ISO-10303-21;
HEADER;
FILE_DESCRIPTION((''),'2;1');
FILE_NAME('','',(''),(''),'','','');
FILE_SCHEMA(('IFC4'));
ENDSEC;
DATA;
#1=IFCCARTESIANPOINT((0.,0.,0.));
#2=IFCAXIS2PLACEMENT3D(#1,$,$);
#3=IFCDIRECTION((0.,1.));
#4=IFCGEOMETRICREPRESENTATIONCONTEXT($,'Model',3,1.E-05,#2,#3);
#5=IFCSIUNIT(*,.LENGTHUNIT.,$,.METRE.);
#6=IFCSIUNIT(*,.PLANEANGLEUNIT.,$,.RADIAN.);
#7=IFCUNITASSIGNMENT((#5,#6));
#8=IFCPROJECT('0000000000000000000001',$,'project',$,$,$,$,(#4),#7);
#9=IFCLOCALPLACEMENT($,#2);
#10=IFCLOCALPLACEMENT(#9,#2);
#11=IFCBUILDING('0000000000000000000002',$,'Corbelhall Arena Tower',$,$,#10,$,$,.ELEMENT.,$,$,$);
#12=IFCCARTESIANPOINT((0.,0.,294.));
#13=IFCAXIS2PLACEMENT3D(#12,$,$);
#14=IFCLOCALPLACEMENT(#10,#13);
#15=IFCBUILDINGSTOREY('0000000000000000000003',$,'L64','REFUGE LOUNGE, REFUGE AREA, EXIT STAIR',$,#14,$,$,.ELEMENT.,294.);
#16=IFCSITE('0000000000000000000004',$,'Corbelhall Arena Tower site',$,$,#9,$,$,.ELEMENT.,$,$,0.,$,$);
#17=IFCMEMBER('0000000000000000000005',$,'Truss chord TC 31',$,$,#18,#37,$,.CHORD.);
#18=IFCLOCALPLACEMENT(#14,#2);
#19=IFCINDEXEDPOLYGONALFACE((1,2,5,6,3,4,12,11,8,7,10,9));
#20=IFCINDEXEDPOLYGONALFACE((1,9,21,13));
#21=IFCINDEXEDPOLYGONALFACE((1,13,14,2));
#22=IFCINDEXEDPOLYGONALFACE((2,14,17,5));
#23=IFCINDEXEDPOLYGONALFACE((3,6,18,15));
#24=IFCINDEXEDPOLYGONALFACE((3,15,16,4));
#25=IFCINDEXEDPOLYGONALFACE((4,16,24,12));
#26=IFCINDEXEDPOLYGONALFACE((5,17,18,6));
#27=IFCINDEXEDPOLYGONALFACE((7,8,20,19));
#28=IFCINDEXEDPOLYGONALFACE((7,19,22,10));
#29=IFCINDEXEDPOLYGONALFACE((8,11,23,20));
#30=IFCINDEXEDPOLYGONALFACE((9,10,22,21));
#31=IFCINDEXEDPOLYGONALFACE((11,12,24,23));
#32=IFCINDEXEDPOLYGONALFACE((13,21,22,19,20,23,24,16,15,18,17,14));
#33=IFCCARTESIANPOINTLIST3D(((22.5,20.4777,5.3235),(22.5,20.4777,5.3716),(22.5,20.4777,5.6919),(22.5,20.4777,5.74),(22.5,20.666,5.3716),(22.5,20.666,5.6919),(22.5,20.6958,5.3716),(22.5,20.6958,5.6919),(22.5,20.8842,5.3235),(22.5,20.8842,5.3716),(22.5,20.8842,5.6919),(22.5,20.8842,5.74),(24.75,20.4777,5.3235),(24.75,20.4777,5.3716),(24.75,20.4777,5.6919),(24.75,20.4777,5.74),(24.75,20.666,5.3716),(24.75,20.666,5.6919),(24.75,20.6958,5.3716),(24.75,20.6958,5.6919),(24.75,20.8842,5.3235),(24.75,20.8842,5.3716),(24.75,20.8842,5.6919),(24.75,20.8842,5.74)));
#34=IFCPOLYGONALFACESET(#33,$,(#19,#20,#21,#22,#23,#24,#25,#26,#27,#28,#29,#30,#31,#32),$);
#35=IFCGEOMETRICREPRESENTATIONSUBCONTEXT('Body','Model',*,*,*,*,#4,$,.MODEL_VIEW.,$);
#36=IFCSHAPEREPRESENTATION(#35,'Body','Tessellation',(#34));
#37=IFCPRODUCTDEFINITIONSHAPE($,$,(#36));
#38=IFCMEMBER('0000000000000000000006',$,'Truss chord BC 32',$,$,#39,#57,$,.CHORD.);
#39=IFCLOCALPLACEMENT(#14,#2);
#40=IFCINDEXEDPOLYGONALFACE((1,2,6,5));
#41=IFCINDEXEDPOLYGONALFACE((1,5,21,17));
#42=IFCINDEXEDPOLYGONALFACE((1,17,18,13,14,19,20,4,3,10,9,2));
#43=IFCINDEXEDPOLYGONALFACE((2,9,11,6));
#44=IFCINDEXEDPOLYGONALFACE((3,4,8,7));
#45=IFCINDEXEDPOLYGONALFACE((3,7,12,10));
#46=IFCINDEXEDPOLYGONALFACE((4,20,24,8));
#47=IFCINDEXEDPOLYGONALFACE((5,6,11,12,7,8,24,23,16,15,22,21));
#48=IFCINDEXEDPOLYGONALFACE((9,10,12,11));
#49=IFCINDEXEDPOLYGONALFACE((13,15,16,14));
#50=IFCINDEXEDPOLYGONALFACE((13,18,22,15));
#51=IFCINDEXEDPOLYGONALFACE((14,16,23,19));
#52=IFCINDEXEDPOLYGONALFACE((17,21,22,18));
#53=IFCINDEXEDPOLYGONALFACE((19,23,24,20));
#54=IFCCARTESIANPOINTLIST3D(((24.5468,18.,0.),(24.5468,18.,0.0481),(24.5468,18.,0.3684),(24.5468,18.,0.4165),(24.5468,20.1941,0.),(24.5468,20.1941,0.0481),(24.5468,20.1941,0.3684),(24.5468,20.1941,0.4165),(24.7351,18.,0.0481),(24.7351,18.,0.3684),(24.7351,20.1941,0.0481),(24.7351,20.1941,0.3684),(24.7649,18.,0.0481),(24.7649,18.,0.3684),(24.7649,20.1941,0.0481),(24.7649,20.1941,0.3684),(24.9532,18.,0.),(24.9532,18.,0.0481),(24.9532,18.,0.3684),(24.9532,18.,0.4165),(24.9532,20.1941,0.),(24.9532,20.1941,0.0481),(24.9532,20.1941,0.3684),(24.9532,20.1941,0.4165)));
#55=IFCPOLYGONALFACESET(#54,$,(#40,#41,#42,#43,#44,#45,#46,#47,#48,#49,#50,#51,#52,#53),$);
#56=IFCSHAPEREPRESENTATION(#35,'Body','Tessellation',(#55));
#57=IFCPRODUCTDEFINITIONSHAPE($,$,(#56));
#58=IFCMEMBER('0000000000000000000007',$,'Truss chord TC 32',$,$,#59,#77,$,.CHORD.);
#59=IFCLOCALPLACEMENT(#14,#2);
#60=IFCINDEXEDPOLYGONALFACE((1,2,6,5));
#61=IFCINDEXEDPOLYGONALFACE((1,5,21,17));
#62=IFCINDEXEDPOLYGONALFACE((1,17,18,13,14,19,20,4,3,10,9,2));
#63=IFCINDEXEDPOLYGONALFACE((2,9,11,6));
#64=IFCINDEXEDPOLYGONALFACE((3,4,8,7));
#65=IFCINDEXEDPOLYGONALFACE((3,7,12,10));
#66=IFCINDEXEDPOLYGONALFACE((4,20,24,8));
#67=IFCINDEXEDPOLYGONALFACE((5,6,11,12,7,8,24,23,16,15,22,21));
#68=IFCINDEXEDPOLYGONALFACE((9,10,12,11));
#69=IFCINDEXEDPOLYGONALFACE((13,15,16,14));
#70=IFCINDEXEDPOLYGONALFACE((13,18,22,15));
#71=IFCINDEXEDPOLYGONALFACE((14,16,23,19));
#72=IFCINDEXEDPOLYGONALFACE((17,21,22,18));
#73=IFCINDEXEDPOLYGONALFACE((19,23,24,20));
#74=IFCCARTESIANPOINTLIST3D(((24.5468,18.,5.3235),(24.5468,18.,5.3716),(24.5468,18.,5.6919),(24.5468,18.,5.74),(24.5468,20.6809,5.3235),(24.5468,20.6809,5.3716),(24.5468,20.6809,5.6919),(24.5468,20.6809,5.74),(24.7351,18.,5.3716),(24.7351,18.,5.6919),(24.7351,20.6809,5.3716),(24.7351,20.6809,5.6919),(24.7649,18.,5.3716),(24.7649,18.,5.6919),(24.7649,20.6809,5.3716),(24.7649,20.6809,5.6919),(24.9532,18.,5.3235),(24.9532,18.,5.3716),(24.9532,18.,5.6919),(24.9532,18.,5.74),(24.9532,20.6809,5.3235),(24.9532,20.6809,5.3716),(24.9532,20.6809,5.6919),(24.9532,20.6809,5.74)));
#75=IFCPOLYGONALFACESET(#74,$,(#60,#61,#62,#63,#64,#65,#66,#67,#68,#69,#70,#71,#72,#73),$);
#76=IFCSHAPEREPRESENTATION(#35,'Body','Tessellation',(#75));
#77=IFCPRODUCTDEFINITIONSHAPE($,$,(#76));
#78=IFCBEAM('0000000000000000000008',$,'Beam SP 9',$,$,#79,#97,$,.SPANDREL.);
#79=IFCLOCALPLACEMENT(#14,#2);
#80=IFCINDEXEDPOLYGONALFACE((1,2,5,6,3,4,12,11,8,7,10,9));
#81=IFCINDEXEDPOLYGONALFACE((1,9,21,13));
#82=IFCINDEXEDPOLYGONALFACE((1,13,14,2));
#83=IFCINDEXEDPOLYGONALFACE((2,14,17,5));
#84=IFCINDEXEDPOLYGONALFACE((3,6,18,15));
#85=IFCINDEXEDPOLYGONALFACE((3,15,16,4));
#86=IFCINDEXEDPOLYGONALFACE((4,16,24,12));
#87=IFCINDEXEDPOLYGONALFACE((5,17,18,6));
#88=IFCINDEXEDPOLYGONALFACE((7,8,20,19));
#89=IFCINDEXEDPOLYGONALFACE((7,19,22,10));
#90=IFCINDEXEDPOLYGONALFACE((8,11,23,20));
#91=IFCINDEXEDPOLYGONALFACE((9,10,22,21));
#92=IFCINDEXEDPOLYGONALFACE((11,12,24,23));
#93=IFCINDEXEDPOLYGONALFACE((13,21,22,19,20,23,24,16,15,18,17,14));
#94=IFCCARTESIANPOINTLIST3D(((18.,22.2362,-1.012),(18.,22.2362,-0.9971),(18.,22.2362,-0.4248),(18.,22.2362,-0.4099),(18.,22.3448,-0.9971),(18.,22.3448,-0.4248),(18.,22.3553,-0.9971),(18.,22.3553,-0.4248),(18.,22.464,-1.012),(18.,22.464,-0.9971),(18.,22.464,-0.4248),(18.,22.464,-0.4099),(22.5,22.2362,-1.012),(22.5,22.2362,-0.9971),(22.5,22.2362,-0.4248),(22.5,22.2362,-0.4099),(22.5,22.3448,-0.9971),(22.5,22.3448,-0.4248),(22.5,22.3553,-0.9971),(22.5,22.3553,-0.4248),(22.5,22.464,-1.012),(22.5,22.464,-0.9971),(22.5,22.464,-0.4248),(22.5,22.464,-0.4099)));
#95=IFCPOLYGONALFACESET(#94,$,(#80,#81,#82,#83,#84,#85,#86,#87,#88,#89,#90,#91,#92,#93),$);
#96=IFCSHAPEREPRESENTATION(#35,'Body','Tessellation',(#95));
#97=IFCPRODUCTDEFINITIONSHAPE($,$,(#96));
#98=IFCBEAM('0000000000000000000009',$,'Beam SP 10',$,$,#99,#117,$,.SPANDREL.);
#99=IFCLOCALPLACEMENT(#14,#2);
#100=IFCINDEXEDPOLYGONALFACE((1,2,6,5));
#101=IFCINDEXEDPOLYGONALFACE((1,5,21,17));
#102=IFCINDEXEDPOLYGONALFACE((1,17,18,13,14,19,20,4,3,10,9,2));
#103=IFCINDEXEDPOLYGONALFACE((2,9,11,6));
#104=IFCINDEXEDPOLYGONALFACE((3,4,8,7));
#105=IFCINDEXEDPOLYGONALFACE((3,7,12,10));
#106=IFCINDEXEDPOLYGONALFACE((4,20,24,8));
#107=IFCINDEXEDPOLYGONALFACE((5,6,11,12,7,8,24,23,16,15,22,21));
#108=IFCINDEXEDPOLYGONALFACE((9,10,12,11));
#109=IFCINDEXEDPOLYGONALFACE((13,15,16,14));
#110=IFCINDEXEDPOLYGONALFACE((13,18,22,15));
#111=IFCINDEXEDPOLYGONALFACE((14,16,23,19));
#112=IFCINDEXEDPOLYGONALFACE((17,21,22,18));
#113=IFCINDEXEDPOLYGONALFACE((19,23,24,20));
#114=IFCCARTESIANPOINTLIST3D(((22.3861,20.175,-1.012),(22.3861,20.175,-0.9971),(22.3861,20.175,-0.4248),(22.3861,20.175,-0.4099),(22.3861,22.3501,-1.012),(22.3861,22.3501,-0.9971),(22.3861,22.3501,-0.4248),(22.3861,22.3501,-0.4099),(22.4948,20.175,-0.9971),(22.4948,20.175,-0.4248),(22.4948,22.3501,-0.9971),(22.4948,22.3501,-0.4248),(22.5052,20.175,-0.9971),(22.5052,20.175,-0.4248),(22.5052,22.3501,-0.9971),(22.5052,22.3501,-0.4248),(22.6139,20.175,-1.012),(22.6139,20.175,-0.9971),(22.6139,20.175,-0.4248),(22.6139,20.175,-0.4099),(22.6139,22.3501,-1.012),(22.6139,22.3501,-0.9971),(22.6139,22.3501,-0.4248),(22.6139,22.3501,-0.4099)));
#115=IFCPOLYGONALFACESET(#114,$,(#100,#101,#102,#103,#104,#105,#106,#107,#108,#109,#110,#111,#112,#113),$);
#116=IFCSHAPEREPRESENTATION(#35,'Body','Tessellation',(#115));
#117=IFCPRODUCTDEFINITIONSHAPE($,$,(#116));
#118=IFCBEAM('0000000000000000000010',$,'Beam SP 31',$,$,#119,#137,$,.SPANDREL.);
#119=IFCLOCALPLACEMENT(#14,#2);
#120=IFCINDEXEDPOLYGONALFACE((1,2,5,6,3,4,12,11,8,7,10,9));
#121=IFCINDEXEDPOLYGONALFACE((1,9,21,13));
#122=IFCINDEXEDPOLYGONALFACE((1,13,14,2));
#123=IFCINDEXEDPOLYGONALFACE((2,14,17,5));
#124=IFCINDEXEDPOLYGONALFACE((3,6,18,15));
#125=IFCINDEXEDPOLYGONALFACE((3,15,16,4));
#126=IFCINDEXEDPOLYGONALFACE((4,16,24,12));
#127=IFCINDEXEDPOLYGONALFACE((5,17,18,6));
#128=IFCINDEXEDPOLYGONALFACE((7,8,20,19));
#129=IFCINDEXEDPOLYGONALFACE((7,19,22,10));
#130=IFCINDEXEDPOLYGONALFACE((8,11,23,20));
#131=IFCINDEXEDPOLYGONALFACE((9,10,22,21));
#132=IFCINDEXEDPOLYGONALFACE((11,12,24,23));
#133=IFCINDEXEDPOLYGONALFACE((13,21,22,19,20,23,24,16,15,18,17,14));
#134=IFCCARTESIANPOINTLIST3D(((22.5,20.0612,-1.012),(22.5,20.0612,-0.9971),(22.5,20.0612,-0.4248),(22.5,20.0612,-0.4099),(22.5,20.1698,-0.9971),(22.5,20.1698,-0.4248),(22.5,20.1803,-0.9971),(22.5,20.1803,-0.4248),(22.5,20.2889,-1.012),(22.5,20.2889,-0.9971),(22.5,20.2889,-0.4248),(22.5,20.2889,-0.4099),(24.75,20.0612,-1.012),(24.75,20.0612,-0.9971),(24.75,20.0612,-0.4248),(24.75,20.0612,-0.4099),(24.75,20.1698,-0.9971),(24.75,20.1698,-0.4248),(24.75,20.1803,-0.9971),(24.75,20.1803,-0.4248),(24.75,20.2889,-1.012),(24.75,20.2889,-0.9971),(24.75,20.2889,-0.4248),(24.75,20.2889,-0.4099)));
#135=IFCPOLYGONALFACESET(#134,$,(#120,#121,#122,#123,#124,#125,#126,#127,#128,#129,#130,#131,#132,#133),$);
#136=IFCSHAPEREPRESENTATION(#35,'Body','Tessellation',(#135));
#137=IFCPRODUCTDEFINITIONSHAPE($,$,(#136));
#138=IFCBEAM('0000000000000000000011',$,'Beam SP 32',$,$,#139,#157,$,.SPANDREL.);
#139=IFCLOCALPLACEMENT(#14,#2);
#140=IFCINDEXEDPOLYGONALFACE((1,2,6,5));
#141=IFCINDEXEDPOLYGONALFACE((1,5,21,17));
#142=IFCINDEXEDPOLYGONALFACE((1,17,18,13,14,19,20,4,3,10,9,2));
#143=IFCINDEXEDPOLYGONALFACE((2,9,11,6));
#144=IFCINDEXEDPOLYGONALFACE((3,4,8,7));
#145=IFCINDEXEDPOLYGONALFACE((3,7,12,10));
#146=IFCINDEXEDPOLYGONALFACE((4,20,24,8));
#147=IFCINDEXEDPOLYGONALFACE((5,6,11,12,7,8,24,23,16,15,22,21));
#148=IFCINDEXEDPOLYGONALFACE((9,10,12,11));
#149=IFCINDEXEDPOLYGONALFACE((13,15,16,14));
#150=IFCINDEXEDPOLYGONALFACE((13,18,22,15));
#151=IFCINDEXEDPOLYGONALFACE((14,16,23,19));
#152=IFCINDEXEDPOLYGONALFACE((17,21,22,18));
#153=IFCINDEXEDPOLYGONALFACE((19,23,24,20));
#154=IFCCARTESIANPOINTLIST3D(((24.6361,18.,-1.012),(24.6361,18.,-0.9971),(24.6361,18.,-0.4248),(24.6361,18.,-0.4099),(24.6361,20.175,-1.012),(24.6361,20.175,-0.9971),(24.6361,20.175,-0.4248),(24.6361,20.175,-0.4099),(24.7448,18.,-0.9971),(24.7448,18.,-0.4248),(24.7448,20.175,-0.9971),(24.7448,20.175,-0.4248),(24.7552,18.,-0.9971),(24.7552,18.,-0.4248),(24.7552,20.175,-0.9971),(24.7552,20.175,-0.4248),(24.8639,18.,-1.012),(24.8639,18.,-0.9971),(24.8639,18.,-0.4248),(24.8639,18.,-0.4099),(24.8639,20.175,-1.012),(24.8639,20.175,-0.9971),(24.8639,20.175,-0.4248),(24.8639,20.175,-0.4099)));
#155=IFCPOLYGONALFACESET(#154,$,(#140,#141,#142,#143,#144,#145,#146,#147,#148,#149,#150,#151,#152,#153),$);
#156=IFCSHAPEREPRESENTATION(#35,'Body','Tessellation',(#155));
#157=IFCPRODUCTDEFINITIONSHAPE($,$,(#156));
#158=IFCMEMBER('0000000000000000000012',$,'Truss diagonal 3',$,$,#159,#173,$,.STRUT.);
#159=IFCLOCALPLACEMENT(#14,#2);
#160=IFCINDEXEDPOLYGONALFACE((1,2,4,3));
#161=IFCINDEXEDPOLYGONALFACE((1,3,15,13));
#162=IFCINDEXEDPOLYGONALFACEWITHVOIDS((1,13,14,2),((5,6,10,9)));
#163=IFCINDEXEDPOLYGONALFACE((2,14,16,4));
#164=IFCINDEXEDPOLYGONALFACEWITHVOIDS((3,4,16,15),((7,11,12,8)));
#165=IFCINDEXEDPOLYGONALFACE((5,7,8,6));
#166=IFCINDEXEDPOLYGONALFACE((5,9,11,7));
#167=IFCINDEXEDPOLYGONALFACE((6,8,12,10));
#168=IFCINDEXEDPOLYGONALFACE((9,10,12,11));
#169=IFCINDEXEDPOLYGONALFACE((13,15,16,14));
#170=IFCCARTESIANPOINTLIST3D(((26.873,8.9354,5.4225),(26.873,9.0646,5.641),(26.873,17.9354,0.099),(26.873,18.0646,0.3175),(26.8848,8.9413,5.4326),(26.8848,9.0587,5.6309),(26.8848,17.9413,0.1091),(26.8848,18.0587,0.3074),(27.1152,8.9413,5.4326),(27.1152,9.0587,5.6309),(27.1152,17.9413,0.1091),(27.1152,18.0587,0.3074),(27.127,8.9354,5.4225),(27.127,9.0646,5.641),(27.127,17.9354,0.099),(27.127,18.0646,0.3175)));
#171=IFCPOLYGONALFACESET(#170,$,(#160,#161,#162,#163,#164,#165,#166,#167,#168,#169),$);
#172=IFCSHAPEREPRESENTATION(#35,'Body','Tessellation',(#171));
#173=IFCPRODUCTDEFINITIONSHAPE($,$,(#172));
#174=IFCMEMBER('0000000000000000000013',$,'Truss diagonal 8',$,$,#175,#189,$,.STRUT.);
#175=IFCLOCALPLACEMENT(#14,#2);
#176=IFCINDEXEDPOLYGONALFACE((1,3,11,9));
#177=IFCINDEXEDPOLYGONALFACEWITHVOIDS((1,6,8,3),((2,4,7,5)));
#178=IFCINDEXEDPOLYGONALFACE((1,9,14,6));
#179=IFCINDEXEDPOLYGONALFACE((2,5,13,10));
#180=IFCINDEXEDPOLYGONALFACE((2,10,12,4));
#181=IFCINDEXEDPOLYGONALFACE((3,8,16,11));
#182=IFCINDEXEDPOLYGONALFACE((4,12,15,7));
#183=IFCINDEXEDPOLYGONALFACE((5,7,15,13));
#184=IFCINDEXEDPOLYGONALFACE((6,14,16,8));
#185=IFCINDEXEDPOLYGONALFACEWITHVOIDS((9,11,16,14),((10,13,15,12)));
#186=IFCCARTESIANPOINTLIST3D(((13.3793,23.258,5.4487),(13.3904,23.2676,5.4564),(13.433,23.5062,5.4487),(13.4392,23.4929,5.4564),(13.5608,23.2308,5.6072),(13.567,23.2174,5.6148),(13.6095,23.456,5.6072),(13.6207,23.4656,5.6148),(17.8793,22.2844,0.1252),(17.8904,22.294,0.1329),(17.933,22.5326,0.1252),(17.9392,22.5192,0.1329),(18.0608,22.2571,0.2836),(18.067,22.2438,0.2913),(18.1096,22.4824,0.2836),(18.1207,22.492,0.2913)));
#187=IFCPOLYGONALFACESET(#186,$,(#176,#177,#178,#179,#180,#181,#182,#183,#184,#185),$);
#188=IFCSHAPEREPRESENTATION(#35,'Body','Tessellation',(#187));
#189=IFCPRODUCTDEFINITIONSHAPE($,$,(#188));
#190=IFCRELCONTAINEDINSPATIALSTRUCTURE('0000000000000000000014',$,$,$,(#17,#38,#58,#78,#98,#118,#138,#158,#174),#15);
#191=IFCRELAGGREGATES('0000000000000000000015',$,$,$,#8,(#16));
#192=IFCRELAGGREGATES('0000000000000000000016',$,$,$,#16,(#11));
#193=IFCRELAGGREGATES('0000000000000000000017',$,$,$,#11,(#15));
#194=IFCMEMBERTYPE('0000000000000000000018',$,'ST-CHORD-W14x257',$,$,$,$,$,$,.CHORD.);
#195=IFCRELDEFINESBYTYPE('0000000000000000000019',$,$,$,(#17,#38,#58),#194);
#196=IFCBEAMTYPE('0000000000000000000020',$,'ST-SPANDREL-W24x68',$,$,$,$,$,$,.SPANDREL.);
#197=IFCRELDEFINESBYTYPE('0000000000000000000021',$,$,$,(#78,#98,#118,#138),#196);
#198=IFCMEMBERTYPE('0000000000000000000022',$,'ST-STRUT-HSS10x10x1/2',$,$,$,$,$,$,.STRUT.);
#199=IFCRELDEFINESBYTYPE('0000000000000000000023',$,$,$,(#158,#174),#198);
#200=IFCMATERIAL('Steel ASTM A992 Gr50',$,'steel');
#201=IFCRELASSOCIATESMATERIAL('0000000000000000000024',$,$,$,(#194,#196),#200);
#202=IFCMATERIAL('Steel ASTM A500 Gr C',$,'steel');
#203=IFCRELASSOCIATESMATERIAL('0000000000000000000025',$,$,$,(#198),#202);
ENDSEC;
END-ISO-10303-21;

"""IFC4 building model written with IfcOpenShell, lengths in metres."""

from ifc_helpers import new_model, si_unit, direction, frame, origin, origin_2d, place, context, subcontext, project, spatial, hollow_rectangle, i_section, extrude, material, material_profile, profile_set, type_object, element, save


model = new_model("IFC4")

# Units and contexts
model_context = context("Model", 3, precision=1e-05, world=origin(), true_north=direction((0.0, 1.0)))
body_context = subcontext(model_context, "Body", "Model", "MODEL_VIEW")
ifc_project = project(units=[si_unit("LENGTHUNIT", "METRE"), si_unit("PLANEANGLEUNIT", "RADIAN")], contexts=[model_context])

# Site, building, storey
site_placement = place(None, origin())
site = spatial("IfcSite", under=ifc_project, at=site_placement, Name="Corbelhall Arena Tower site", CompositionType="ELEMENT", RefElevation=0.0)
building_placement = place(site_placement, origin())
building = spatial("IfcBuilding", under=site, at=building_placement, Name="Corbelhall Arena Tower", CompositionType="ELEMENT")
storey_placement = place(building_placement, frame((0.0, 0.0, 294.0)))
storey = spatial("IfcBuildingStorey", under=building, at=storey_placement, Name="L64", Description="REFUGE LOUNGE, REFUGE AREA, EXIT STAIR", CompositionType="ELEMENT", Elevation=294.0)

# Members
ifc_material_1 = material(Name="Steel ASTM A992 Gr50", Category="steel")
ifc_material_profile_1 = material_profile(ifc_material_1, i_section(OverallWidth=0.4065, OverallDepth=0.4165, WebThickness=0.0298, FlangeThickness=0.0481, at=origin_2d()))
ifc_profile_set_1 = profile_set([ifc_material_profile_1], Name="Steel ASTM A992 Gr50")
member_type_1 = type_object("IfcMemberType", Name="ST-CHORD-W14x257", PredefinedType="CHORD", material=ifc_profile_set_1)
for number, where, z_axis, x_axis, name in (
    (1, (22.5, 20.6809, 5.5317), (1.0, 0.0, 0.0), (0.0, 1.0, 0.0), "Truss chord TC 31"),
):
    element("IfcMember", number, at=place(storey_placement, frame(where, z_axis=z_axis, x_axis=x_axis)), inside=storey, type_object=member_type_1, Name=name, PredefinedType="CHORD", context=body_context, shape_type="SweptSolid", body=[
        extrude(i_section(OverallWidth=0.4065, OverallDepth=0.4165, WebThickness=0.0298, FlangeThickness=0.0481, at=origin_2d()), origin(), (0.0, 0.0, 1.0), 2.25),
    ])
member_1_placement = place(storey_placement, frame((24.75, 20.1941, 0.2083), z_axis=(0.0, -1.0, 0.0), x_axis=(1.0, 0.0, 0.0)))
element("IfcMember", 2, at=member_1_placement, inside=storey, type_object=member_type_1, Name="Truss chord BC 32", PredefinedType="CHORD", context=body_context, shape_type="SweptSolid", body=[
    extrude(i_section(OverallWidth=0.4065, OverallDepth=0.4165, WebThickness=0.0298, FlangeThickness=0.0481, at=origin_2d()), origin(), (0.0, 0.0, 1.0), 2.1941),
])
member_2_placement = place(storey_placement, frame((24.75, 20.6809, 5.5317), z_axis=(0.0, -1.0, 0.0), x_axis=(1.0, 0.0, 0.0)))
element("IfcMember", 3, at=member_2_placement, inside=storey, type_object=member_type_1, Name="Truss chord TC 32", PredefinedType="CHORD", context=body_context, shape_type="SweptSolid", body=[
    extrude(i_section(OverallWidth=0.4065, OverallDepth=0.4165, WebThickness=0.0298, FlangeThickness=0.0481, at=origin_2d()), origin(), (0.0, 0.0, 1.0), 2.6809),
])

# Beams
ifc_material_profile_2 = material_profile(ifc_material_1, i_section(OverallWidth=0.2278, OverallDepth=0.6021, WebThickness=0.0105, FlangeThickness=0.0149, at=origin_2d()))
ifc_profile_set_2 = profile_set([ifc_material_profile_2], Name="Steel ASTM A992 Gr50")
beam_type = type_object("IfcBeamType", Name="ST-SPANDREL-W24x68", PredefinedType="SPANDREL", material=ifc_profile_set_2)
beam_1_placement = place(storey_placement, frame((18.0, 22.3501, -0.7109), z_axis=(1.0, 0.0, 0.0), x_axis=(0.0, 1.0, 0.0)))
element("IfcBeam", 4, at=beam_1_placement, inside=storey, type_object=beam_type, Name="Beam SP 9", PredefinedType="SPANDREL", context=body_context, shape_type="SweptSolid", body=[
    extrude(i_section(OverallWidth=0.2278, OverallDepth=0.6021, WebThickness=0.0105, FlangeThickness=0.0149, at=origin_2d()), origin(), (0.0, 0.0, 1.0), 4.5),
])
beam_2_placement = place(storey_placement, frame((22.5, 22.3501, -0.7109), z_axis=(0.0, -1.0, 0.0), x_axis=(1.0, 0.0, 0.0)))
element("IfcBeam", 5, at=beam_2_placement, inside=storey, type_object=beam_type, Name="Beam SP 10", PredefinedType="SPANDREL", context=body_context, shape_type="SweptSolid", body=[
    extrude(i_section(OverallWidth=0.2278, OverallDepth=0.6021, WebThickness=0.0105, FlangeThickness=0.0149, at=origin_2d()), origin(), (0.0, 0.0, 1.0), 2.175),
])
beam_3_placement = place(storey_placement, frame((22.5, 20.175, -0.7109), z_axis=(1.0, 0.0, 0.0), x_axis=(0.0, 1.0, 0.0)))
element("IfcBeam", 6, at=beam_3_placement, inside=storey, type_object=beam_type, Name="Beam SP 31", PredefinedType="SPANDREL", context=body_context, shape_type="SweptSolid", body=[
    extrude(i_section(OverallWidth=0.2278, OverallDepth=0.6021, WebThickness=0.0105, FlangeThickness=0.0149, at=origin_2d()), origin(), (0.0, 0.0, 1.0), 2.25),
])
beam_4_placement = place(storey_placement, frame((24.75, 20.175, -0.7109), z_axis=(0.0, -1.0, 0.0), x_axis=(1.0, 0.0, 0.0)))
element("IfcBeam", 7, at=beam_4_placement, inside=storey, type_object=beam_type, Name="Beam SP 32", PredefinedType="SPANDREL", context=body_context, shape_type="SweptSolid", body=[
    extrude(i_section(OverallWidth=0.2278, OverallDepth=0.6021, WebThickness=0.0105, FlangeThickness=0.0149, at=origin_2d()), origin(), (0.0, 0.0, 1.0), 2.175),
])

# Members
ifc_material_2 = material(Name="Steel ASTM A500 Gr C", Category="steel")
ifc_material_profile_3 = material_profile(ifc_material_2, hollow_rectangle(XDim=0.2539, YDim=0.2539, WallThickness=0.0117, at=origin_2d()))
ifc_profile_set_3 = profile_set([ifc_material_profile_3], Name="Steel ASTM A500 Gr C")
member_type_2 = type_object("IfcMemberType", Name="ST-STRUT-HSS10x10x1/2", PredefinedType="STRUT", material=ifc_profile_set_3)
member_3_placement = place(storey_placement, frame((27.0, 18.0, 0.2083), z_axis=(0.0, -0.860704, 0.509105), x_axis=(1.0, 0.0, 0.0)))
element("IfcMember", 8, at=member_3_placement, inside=storey, type_object=member_type_2, Name="Truss diagonal 3", PredefinedType="STRUT", context=body_context, shape_type="SweptSolid", body=[
    extrude(hollow_rectangle(XDim=0.2539, YDim=0.2539, WallThickness=0.0117, at=origin_2d()), origin(), (0.0, 0.0, 1.0), 10.4565),
])
for number, where, z_axis, x_axis, name in (
    (9, (18.0, 22.3882, 0.2083), (-0.63936, 0.138334, 0.756361), (-0.21147, -0.977385, 0.0), "Truss diagonal 8"),
):
    element("IfcMember", number, at=place(storey_placement, frame(where, z_axis=z_axis, x_axis=x_axis)), inside=storey, type_object=member_type_2, Name=name, PredefinedType="STRUT", context=body_context, shape_type="SweptSolid", body=[
        extrude(hollow_rectangle(XDim=0.2539, YDim=0.2539, WallThickness=0.0117, at=origin_2d()), origin(), (0.0, 0.0, 1.0), 7.0383),
    ])

save(model, "model.ifc")
